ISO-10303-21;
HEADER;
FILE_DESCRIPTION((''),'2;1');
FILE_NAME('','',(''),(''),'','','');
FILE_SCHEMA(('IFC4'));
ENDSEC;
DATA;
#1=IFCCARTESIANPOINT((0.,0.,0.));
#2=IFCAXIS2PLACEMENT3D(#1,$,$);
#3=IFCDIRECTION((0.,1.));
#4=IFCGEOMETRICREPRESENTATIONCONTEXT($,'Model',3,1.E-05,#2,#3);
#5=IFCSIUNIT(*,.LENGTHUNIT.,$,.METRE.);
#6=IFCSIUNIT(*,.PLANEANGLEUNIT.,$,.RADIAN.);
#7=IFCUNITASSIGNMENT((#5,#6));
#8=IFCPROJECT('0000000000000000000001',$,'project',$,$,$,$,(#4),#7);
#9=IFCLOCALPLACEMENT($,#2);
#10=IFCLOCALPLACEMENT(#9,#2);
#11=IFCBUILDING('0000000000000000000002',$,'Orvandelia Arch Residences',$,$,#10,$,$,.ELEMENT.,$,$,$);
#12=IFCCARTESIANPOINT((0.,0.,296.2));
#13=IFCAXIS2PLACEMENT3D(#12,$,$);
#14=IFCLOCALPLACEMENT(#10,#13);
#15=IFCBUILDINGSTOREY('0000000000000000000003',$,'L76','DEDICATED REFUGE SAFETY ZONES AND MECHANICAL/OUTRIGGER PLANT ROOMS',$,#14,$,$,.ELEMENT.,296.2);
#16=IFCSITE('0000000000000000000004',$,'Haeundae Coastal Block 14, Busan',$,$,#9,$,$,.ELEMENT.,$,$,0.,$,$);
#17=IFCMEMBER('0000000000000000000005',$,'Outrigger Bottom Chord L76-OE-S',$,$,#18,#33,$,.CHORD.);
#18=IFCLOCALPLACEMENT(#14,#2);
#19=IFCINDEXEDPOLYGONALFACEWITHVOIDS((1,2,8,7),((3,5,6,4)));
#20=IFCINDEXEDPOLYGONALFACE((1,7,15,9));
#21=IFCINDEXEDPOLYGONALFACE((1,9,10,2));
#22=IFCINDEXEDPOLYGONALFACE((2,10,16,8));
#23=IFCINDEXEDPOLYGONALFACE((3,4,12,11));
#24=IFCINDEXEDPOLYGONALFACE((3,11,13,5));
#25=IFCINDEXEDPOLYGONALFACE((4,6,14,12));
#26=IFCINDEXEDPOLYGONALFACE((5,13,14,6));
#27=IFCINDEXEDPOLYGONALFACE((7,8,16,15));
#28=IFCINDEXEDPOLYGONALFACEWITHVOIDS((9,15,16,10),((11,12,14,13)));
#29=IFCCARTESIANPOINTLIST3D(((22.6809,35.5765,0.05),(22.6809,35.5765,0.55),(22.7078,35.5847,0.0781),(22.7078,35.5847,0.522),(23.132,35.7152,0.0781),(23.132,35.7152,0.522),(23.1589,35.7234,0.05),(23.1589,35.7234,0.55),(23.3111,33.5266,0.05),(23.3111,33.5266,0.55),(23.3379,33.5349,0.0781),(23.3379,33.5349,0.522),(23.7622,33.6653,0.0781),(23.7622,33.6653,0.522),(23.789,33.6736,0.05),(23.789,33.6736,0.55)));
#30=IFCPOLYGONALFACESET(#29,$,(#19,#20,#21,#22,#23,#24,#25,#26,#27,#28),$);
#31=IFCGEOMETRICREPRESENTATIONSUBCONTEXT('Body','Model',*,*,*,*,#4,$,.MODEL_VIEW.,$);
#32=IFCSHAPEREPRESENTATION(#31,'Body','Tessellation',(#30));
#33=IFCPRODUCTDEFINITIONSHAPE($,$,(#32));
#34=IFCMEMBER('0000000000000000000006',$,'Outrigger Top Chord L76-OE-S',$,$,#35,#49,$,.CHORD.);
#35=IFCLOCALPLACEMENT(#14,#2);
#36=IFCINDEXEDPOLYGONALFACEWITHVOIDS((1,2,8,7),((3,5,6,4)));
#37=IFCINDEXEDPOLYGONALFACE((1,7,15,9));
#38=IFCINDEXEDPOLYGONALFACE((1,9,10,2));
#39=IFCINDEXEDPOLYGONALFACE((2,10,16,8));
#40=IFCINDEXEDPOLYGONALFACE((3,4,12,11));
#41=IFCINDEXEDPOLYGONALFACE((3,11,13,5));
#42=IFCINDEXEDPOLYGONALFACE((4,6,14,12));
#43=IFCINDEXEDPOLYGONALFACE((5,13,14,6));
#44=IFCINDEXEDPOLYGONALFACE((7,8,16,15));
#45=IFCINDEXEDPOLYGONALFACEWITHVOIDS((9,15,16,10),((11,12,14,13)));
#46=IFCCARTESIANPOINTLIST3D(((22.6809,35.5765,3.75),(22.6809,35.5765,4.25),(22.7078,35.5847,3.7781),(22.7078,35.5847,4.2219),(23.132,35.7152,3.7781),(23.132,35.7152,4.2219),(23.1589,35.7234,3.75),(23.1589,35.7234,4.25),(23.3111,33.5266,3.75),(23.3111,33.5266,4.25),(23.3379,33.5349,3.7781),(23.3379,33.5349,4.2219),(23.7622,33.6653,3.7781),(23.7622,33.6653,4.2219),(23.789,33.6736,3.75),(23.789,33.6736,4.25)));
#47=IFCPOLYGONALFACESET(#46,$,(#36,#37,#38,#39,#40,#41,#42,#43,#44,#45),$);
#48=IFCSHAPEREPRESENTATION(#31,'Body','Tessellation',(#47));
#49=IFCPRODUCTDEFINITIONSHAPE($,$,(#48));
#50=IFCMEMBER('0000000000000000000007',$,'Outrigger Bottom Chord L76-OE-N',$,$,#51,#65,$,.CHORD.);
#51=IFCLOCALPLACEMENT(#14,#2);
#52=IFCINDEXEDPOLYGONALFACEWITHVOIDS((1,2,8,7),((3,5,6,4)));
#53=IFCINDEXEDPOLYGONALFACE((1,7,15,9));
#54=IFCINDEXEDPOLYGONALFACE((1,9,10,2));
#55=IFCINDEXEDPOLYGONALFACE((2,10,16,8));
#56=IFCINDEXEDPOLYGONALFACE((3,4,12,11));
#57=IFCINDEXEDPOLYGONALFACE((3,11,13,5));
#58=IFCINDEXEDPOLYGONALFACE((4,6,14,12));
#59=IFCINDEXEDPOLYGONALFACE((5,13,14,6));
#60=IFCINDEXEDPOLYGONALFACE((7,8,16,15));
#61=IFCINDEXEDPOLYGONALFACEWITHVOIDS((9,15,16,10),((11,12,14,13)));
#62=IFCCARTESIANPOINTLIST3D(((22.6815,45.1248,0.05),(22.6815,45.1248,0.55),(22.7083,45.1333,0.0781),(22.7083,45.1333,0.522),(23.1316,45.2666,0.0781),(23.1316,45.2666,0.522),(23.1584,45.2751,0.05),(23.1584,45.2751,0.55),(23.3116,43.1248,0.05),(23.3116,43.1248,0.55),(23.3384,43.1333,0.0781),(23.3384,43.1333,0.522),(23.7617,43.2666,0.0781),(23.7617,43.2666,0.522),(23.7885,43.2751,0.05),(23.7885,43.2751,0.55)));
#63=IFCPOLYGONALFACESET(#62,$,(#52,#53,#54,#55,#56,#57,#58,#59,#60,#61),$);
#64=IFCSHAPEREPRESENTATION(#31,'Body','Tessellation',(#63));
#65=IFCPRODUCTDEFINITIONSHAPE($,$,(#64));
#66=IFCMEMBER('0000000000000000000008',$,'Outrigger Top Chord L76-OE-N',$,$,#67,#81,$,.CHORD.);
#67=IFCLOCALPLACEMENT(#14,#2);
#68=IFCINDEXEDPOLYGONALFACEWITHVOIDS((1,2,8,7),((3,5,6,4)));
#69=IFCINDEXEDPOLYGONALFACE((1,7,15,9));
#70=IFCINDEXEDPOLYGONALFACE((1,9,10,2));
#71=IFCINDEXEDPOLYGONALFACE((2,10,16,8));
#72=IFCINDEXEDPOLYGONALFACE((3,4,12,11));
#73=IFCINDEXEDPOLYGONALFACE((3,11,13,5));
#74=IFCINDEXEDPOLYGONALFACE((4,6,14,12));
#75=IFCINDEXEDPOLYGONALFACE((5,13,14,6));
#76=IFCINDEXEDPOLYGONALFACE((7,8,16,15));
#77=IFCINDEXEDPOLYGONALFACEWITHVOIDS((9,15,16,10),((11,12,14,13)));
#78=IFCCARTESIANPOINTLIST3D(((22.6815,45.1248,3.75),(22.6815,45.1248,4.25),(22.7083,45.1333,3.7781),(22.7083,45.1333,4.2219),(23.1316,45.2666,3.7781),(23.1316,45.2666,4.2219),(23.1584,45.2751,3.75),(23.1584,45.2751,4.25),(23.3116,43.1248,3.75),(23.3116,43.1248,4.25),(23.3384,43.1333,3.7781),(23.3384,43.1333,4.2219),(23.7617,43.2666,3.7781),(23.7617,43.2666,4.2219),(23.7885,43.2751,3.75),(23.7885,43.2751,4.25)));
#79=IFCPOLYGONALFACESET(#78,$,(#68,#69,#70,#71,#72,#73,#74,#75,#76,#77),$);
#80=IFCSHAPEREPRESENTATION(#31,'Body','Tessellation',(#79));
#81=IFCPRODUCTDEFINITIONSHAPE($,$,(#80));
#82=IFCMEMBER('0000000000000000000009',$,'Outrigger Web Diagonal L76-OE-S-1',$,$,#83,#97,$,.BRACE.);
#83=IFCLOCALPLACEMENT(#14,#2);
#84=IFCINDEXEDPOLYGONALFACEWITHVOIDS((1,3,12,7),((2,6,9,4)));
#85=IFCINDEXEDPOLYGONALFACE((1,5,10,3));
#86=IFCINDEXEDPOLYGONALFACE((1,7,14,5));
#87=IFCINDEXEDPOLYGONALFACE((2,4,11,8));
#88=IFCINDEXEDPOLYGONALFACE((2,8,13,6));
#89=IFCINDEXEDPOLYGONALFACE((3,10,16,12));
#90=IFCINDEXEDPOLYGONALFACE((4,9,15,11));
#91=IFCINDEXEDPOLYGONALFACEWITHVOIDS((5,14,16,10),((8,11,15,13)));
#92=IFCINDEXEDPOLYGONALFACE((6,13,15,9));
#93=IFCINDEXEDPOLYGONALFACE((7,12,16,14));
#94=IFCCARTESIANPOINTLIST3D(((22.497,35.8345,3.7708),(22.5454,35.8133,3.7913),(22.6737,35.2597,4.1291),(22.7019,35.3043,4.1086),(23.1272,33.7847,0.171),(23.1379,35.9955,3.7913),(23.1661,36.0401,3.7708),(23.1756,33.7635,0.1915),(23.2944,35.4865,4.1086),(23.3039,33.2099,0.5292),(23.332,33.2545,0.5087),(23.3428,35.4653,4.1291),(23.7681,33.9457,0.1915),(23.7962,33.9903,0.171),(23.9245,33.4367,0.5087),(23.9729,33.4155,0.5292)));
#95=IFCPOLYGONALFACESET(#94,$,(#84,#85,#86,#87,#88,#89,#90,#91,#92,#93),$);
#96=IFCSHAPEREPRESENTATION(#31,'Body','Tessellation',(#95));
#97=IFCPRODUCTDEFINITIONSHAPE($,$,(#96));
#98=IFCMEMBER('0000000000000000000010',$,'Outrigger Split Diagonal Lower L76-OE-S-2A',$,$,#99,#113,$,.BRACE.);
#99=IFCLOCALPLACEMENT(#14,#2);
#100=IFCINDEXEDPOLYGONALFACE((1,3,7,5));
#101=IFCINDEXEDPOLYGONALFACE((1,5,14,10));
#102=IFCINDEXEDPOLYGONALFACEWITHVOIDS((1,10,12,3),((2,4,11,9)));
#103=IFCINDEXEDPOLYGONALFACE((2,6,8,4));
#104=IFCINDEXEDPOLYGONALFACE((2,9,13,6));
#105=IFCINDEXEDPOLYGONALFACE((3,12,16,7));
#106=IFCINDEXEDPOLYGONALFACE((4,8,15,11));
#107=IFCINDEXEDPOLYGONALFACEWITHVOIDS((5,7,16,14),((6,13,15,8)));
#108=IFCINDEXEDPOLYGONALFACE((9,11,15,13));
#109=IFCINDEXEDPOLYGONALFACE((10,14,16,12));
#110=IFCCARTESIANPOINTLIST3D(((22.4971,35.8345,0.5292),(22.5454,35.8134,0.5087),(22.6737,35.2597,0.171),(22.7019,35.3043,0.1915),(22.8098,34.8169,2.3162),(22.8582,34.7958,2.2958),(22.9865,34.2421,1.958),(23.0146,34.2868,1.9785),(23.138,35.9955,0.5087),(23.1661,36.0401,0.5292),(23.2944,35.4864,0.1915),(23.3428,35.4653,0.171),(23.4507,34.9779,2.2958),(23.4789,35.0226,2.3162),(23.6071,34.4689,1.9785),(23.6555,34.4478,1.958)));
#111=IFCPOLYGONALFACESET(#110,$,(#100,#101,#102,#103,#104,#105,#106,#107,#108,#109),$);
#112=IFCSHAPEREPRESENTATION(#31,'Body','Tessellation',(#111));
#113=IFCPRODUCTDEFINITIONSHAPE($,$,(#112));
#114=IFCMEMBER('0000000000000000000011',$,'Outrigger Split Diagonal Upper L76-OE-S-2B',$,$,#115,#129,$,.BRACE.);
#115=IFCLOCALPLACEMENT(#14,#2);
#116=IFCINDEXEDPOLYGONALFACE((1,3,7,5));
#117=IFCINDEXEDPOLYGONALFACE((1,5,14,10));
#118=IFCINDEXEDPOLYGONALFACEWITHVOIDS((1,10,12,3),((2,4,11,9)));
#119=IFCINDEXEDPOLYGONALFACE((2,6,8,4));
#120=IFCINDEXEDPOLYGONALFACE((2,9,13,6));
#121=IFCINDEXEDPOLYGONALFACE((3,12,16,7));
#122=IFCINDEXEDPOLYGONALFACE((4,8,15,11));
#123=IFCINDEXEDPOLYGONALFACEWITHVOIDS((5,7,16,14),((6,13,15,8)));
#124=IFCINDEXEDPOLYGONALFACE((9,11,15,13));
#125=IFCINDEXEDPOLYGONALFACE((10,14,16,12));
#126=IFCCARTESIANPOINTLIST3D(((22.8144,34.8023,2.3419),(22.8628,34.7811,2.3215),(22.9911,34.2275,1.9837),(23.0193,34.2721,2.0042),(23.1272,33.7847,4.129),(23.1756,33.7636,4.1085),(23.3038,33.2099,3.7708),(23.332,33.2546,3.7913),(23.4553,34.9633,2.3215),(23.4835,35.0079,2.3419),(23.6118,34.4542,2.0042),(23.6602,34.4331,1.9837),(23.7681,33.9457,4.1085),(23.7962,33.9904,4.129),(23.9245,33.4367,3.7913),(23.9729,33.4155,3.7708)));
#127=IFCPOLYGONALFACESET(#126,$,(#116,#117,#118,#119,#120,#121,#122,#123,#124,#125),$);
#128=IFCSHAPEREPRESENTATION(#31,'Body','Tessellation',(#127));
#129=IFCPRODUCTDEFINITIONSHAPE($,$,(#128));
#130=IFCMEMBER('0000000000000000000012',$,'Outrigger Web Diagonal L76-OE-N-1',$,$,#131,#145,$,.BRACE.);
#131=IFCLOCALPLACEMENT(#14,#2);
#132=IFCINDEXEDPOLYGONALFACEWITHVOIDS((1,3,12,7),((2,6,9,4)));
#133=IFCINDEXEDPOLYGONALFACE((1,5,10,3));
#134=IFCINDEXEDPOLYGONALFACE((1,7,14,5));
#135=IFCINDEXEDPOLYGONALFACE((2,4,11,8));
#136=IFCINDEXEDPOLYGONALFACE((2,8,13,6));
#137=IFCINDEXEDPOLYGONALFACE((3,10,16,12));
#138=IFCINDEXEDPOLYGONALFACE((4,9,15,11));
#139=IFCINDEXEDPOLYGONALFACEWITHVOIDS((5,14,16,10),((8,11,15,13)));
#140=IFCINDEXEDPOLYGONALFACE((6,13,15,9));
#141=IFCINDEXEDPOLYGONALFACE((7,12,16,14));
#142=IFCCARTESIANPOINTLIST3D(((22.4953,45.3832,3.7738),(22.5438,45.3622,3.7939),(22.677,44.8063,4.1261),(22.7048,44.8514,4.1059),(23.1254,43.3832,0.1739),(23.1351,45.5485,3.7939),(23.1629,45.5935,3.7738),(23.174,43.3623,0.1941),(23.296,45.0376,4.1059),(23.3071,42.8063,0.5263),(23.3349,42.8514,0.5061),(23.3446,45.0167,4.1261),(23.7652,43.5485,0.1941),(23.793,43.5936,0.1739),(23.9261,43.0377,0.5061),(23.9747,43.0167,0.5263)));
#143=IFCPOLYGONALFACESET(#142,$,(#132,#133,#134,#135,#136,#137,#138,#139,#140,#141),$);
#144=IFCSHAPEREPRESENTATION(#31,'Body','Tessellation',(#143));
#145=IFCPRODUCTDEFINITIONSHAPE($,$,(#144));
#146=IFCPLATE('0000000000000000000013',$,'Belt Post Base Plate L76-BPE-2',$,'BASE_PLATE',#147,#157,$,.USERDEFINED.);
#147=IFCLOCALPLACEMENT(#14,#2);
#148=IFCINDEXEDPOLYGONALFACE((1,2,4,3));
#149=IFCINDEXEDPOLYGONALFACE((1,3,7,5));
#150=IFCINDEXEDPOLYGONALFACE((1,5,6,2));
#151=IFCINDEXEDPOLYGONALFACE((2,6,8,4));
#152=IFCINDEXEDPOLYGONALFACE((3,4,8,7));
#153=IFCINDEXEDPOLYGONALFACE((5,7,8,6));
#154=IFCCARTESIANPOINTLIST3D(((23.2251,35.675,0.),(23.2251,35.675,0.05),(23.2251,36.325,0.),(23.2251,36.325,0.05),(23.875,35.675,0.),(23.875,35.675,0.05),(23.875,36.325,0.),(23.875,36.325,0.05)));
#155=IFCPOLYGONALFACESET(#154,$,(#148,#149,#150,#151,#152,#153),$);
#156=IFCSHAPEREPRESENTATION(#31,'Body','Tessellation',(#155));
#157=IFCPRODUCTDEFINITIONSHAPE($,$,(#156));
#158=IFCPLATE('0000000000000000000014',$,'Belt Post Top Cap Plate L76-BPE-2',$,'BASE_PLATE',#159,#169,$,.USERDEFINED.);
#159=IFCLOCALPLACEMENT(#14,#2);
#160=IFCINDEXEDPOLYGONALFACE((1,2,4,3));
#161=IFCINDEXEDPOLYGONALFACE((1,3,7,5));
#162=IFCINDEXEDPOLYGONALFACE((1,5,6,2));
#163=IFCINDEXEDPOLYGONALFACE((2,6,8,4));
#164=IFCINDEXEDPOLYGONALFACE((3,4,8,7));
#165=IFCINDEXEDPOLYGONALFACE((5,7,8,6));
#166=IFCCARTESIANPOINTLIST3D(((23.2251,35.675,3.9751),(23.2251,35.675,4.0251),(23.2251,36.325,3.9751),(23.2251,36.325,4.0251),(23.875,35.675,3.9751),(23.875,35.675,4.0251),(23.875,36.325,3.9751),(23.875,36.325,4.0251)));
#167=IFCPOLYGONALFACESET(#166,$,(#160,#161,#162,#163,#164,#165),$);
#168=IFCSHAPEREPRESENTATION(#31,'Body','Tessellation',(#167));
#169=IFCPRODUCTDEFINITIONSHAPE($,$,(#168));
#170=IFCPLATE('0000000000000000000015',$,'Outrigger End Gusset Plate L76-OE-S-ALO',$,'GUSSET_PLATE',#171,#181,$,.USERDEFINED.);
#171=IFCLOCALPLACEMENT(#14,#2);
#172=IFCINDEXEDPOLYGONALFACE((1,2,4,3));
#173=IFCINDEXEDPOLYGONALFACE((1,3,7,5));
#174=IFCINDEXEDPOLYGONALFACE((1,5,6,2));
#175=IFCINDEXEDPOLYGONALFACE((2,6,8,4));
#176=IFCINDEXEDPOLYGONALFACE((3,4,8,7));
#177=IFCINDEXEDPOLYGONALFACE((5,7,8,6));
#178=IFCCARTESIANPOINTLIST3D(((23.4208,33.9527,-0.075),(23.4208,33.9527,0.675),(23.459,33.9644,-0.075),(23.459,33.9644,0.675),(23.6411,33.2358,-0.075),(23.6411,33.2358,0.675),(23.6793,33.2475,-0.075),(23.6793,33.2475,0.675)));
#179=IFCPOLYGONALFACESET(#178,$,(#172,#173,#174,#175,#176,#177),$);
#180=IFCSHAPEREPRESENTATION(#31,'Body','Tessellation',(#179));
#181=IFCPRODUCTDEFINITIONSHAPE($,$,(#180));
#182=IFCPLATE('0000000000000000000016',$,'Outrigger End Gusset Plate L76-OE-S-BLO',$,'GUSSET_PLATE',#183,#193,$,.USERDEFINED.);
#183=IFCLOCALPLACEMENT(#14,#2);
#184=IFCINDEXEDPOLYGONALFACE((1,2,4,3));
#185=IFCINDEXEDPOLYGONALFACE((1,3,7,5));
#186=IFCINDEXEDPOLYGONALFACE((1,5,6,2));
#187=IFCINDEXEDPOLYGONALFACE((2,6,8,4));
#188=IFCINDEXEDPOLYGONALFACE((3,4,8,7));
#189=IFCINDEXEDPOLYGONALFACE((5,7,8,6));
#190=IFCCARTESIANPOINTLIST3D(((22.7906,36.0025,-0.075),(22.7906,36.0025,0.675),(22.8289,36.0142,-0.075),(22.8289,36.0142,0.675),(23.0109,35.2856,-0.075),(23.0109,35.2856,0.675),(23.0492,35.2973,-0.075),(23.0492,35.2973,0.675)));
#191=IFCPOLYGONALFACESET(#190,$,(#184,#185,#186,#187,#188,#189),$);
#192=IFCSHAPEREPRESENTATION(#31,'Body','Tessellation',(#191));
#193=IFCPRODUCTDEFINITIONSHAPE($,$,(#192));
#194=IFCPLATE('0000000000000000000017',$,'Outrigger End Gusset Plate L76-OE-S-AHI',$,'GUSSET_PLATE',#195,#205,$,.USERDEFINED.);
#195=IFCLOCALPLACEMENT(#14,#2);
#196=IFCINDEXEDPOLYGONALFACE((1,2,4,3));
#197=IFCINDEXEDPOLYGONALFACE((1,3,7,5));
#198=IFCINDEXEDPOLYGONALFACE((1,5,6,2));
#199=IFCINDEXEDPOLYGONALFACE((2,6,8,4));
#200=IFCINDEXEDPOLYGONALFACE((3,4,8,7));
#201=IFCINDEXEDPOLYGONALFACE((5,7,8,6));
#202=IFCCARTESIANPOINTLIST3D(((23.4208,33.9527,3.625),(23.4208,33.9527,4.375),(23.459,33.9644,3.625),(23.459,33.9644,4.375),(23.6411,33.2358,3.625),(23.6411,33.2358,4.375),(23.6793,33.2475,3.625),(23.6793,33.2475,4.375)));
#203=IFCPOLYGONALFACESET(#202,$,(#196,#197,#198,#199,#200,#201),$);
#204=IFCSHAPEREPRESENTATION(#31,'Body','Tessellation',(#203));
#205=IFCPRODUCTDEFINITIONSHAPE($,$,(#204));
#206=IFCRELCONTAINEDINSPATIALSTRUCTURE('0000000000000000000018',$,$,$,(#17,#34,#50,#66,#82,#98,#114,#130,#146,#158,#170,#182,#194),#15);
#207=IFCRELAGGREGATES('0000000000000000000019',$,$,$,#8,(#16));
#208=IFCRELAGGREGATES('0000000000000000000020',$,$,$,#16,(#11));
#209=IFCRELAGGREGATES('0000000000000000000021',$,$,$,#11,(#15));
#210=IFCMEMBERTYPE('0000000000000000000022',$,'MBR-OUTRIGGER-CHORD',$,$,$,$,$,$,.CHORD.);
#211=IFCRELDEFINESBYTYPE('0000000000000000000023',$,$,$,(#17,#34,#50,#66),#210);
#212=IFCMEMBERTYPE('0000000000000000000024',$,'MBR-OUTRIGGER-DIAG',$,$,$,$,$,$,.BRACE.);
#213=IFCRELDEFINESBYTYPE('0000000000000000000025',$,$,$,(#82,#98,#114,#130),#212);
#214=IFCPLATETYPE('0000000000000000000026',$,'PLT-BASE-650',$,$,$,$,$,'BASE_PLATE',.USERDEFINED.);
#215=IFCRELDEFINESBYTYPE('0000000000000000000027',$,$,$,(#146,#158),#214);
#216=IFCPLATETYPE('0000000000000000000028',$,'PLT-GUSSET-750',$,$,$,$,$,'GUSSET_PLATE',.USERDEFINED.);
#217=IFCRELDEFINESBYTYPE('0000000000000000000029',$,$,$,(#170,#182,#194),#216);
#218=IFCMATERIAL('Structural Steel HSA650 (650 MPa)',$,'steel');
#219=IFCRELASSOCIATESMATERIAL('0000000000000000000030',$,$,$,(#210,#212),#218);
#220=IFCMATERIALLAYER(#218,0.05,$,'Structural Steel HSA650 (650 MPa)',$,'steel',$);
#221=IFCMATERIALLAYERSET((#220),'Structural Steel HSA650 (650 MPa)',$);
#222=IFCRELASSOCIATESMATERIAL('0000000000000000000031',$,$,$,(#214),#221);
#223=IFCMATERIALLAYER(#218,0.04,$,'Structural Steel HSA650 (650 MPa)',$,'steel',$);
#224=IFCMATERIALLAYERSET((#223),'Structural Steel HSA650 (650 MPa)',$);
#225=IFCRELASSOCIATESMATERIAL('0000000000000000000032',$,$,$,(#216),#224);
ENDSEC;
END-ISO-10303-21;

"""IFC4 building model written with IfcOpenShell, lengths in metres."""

from ifc_helpers import new_model, si_unit, direction, frame, origin, origin_2d, place, context, subcontext, project, spatial, rectangle, hollow_rectangle, extrude, material, layer, layer_set, material_profile, profile_set, type_object, element, save


model = new_model("IFC4")

# Units and contexts
model_context = context("Model", 3, precision=1e-05, world=origin(), true_north=direction((0.0, 1.0)))
body_context = subcontext(model_context, "Body", "Model", "MODEL_VIEW")
ifc_project = project(units=[si_unit("LENGTHUNIT", "METRE"), si_unit("PLANEANGLEUNIT", "RADIAN")], contexts=[model_context])

# Site, building, storey
site_placement = place(None, origin())
site = spatial("IfcSite", under=ifc_project, at=site_placement, Name="Haeundae Coastal Block 14, Busan", CompositionType="ELEMENT", RefElevation=0.0)
building_placement = place(site_placement, origin())
building = spatial("IfcBuilding", under=site, at=building_placement, Name="Orvandelia Arch Residences", CompositionType="ELEMENT")
storey_placement = place(building_placement, frame((0.0, 0.0, 296.2)))
storey = spatial("IfcBuildingStorey", under=building, at=storey_placement, Name="L76", Description="DEDICATED REFUGE SAFETY ZONES AND MECHANICAL/OUTRIGGER PLANT ROOMS", CompositionType="ELEMENT", Elevation=296.2)

# Members
ifc_material_1 = material(Name="Structural Steel HSA650 (650 MPa)", Category="steel")
ifc_material_profile_1 = material_profile(ifc_material_1, hollow_rectangle(XDim=0.5, YDim=0.5, WallThickness=0.0281, at=origin_2d()), Name="Structural Steel HSA650 (650 MPa)", Category="steel")
ifc_profile_set_1 = profile_set([ifc_material_profile_1], Name="Structural Steel HSA650 (650 MPa)")
member_type_1 = type_object("IfcMemberType", Name="MBR-OUTRIGGER-CHORD", PredefinedType="CHORD", material=ifc_profile_set_1)
for number, where, z_axis, x_axis, name in (
    (1, (23.55, 33.6001, 0.3), (-0.293838, 0.955855, 0.0), (-0.955855, -0.293838, 0.0), "Outrigger Bottom Chord L76-OE-S"),
    (2, (23.55, 33.6001, 4.0), (-0.293838, 0.955855, 0.0), (-0.955855, -0.293838, 0.0), "Outrigger Top Chord L76-OE-S"),
):
    element("IfcMember", number, at=place(storey_placement, frame(where, z_axis=z_axis, x_axis=x_axis)), inside=storey, type_object=member_type_1, Name=name, PredefinedType="CHORD", context=body_context, shape_type="SweptSolid", body=[
        extrude(hollow_rectangle(XDim=0.5, YDim=0.5, WallThickness=0.0281, at=origin_2d()), origin(), (0.0, 0.0, 1.0), 2.1445),
    ])
for number, where, z_axis, x_axis, name in (
    (3, (23.55, 43.2, 0.3), (-0.300502, 0.953781, 0.0), (-0.953781, -0.300502, 0.0), "Outrigger Bottom Chord L76-OE-N"),
    (4, (23.55, 43.2, 4.0), (-0.300502, 0.953781, 0.0), (-0.953781, -0.300502, 0.0), "Outrigger Top Chord L76-OE-N"),
):
    element("IfcMember", number, at=place(storey_placement, frame(where, z_axis=z_axis, x_axis=x_axis)), inside=storey, type_object=member_type_1, Name=name, PredefinedType="CHORD", context=body_context, shape_type="SweptSolid", body=[
        extrude(hollow_rectangle(XDim=0.5, YDim=0.5, WallThickness=0.0281, at=origin_2d()), origin(), (0.0, 0.0, 1.0), 2.0969),
    ])
ifc_material_profile_2 = material_profile(ifc_material_1, hollow_rectangle(XDim=0.7, YDim=0.7, WallThickness=0.04, at=origin_2d()), Name="Structural Steel HSA650 (650 MPa)", Category="steel")
ifc_profile_set_2 = profile_set([ifc_material_profile_2], Name="Structural Steel HSA650 (650 MPa)")
member_type_2 = type_object("IfcMemberType", Name="MBR-OUTRIGGER-DIAG", PredefinedType="BRACE", material=ifc_profile_set_2)
member_1_placement = place(storey_placement, frame((23.55, 33.6001, 0.3501), z_axis=(-0.150381, 0.489191, 0.859114), x_axis=(-0.955855, -0.293838, 0.0)))
element("IfcMember", 5, at=member_1_placement, inside=storey, type_object=member_type_2, Name="Outrigger Web Diagonal L76-OE-S-1", PredefinedType="BRACE", context=body_context, shape_type="SweptSolid", body=[
    extrude(hollow_rectangle(XDim=0.7, YDim=0.7, WallThickness=0.04, at=origin_2d()), origin(), (0.0, 0.0, 1.0), 4.1902),
])
for number, where, z_axis, x_axis, name in (
    (6, (22.9199, 35.6499, 0.3501), (0.150347, -0.489184, 0.859124), (0.955873, 0.29378, 0.0), "Outrigger Split Diagonal Lower L76-OE-S-2A"),
    (7, (23.2373, 34.6177, 2.1628), (0.150347, -0.489184, 0.859124), (0.955873, 0.29378, 0.0), "Outrigger Split Diagonal Upper L76-OE-S-2B"),
):
    element("IfcMember", number, at=place(storey_placement, frame(where, z_axis=z_axis, x_axis=x_axis)), inside=storey, type_object=member_type_2, Name=name, PredefinedType="BRACE", context=body_context, shape_type="SweptSolid", body=[
        extrude(hollow_rectangle(XDim=0.7, YDim=0.7, WallThickness=0.04, at=origin_2d()), origin(), (0.0, 0.0, 1.0), 2.0801),
    ])
member_2_placement = place(storey_placement, frame((23.55, 43.2, 0.3501), z_axis=(-0.151253, 0.480071, 0.864092), x_axis=(-0.953781, -0.300502, 0.0)))
element("IfcMember", 8, at=member_2_placement, inside=storey, type_object=member_type_2, Name="Outrigger Web Diagonal L76-OE-N-1", PredefinedType="BRACE", context=body_context, shape_type="SweptSolid", body=[
    extrude(hollow_rectangle(XDim=0.7, YDim=0.7, WallThickness=0.04, at=origin_2d()), origin(), (0.0, 0.0, 1.0), 4.166),
])

# Plates
ifc_layer_1 = layer(ifc_material_1, 0.05, Name="Structural Steel HSA650 (650 MPa)", Category="steel")
ifc_layer_set_1 = layer_set([ifc_layer_1], Name="Structural Steel HSA650 (650 MPa)")
plate_type_1 = type_object("IfcPlateType", Name="PLT-BASE-650", ElementType="BASE_PLATE", PredefinedType="USERDEFINED", material=ifc_layer_set_1)
for number, where, z_axis, x_axis, name in (
    (9, (23.55, 36.0, 0.0), (0.0, 0.0, 1.0), (1.0, 0.0, 0.0), "Belt Post Base Plate L76-BPE-2"),
    (10, (23.55, 36.0, 3.9751), (0.0, 0.0, 1.0), (1.0, 0.0, 0.0), "Belt Post Top Cap Plate L76-BPE-2"),
):
    element("IfcPlate", number, at=place(storey_placement, frame(where, z_axis=z_axis, x_axis=x_axis)), inside=storey, type_object=plate_type_1, Name=name, ObjectType="BASE_PLATE", PredefinedType="USERDEFINED", context=body_context, shape_type="SweptSolid", body=[
        extrude(rectangle(XDim=0.6499, YDim=0.6499, at=origin_2d()), origin(), (0.0, 0.0, 1.0), 0.05),
    ])
ifc_layer_2 = layer(ifc_material_1, 0.04, Name="Structural Steel HSA650 (650 MPa)", Category="steel")
ifc_layer_set_2 = layer_set([ifc_layer_2], Name="Structural Steel HSA650 (650 MPa)")
plate_type_2 = type_object("IfcPlateType", Name="PLT-GUSSET-750", ElementType="GUSSET_PLATE", PredefinedType="USERDEFINED", material=ifc_layer_set_2)
for number, where, z_axis, x_axis, name in (
    (11, (23.55, 33.6001, -0.075), (0.0, 0.0, 1.0), (-0.293757, 0.95588, 0.0), "Outrigger End Gusset Plate L76-OE-S-ALO"),
    (12, (22.9199, 35.6499, -0.075), (0.0, 0.0, 1.0), (-0.293757, 0.95588, 0.0), "Outrigger End Gusset Plate L76-OE-S-BLO"),
    (13, (23.55, 33.6001, 3.625), (0.0, 0.0, 1.0), (-0.293757, 0.95588, 0.0), "Outrigger End Gusset Plate L76-OE-S-AHI"),
):
    element("IfcPlate", number, at=place(storey_placement, frame(where, z_axis=z_axis, x_axis=x_axis)), inside=storey, type_object=plate_type_2, Name=name, ObjectType="GUSSET_PLATE", PredefinedType="USERDEFINED", context=body_context, shape_type="SweptSolid", body=[
        extrude(rectangle(XDim=0.75, YDim=0.04, at=origin_2d()), origin(), (0.0, 0.0, 1.0), 0.75),
    ])

save(model, "model.ifc")
